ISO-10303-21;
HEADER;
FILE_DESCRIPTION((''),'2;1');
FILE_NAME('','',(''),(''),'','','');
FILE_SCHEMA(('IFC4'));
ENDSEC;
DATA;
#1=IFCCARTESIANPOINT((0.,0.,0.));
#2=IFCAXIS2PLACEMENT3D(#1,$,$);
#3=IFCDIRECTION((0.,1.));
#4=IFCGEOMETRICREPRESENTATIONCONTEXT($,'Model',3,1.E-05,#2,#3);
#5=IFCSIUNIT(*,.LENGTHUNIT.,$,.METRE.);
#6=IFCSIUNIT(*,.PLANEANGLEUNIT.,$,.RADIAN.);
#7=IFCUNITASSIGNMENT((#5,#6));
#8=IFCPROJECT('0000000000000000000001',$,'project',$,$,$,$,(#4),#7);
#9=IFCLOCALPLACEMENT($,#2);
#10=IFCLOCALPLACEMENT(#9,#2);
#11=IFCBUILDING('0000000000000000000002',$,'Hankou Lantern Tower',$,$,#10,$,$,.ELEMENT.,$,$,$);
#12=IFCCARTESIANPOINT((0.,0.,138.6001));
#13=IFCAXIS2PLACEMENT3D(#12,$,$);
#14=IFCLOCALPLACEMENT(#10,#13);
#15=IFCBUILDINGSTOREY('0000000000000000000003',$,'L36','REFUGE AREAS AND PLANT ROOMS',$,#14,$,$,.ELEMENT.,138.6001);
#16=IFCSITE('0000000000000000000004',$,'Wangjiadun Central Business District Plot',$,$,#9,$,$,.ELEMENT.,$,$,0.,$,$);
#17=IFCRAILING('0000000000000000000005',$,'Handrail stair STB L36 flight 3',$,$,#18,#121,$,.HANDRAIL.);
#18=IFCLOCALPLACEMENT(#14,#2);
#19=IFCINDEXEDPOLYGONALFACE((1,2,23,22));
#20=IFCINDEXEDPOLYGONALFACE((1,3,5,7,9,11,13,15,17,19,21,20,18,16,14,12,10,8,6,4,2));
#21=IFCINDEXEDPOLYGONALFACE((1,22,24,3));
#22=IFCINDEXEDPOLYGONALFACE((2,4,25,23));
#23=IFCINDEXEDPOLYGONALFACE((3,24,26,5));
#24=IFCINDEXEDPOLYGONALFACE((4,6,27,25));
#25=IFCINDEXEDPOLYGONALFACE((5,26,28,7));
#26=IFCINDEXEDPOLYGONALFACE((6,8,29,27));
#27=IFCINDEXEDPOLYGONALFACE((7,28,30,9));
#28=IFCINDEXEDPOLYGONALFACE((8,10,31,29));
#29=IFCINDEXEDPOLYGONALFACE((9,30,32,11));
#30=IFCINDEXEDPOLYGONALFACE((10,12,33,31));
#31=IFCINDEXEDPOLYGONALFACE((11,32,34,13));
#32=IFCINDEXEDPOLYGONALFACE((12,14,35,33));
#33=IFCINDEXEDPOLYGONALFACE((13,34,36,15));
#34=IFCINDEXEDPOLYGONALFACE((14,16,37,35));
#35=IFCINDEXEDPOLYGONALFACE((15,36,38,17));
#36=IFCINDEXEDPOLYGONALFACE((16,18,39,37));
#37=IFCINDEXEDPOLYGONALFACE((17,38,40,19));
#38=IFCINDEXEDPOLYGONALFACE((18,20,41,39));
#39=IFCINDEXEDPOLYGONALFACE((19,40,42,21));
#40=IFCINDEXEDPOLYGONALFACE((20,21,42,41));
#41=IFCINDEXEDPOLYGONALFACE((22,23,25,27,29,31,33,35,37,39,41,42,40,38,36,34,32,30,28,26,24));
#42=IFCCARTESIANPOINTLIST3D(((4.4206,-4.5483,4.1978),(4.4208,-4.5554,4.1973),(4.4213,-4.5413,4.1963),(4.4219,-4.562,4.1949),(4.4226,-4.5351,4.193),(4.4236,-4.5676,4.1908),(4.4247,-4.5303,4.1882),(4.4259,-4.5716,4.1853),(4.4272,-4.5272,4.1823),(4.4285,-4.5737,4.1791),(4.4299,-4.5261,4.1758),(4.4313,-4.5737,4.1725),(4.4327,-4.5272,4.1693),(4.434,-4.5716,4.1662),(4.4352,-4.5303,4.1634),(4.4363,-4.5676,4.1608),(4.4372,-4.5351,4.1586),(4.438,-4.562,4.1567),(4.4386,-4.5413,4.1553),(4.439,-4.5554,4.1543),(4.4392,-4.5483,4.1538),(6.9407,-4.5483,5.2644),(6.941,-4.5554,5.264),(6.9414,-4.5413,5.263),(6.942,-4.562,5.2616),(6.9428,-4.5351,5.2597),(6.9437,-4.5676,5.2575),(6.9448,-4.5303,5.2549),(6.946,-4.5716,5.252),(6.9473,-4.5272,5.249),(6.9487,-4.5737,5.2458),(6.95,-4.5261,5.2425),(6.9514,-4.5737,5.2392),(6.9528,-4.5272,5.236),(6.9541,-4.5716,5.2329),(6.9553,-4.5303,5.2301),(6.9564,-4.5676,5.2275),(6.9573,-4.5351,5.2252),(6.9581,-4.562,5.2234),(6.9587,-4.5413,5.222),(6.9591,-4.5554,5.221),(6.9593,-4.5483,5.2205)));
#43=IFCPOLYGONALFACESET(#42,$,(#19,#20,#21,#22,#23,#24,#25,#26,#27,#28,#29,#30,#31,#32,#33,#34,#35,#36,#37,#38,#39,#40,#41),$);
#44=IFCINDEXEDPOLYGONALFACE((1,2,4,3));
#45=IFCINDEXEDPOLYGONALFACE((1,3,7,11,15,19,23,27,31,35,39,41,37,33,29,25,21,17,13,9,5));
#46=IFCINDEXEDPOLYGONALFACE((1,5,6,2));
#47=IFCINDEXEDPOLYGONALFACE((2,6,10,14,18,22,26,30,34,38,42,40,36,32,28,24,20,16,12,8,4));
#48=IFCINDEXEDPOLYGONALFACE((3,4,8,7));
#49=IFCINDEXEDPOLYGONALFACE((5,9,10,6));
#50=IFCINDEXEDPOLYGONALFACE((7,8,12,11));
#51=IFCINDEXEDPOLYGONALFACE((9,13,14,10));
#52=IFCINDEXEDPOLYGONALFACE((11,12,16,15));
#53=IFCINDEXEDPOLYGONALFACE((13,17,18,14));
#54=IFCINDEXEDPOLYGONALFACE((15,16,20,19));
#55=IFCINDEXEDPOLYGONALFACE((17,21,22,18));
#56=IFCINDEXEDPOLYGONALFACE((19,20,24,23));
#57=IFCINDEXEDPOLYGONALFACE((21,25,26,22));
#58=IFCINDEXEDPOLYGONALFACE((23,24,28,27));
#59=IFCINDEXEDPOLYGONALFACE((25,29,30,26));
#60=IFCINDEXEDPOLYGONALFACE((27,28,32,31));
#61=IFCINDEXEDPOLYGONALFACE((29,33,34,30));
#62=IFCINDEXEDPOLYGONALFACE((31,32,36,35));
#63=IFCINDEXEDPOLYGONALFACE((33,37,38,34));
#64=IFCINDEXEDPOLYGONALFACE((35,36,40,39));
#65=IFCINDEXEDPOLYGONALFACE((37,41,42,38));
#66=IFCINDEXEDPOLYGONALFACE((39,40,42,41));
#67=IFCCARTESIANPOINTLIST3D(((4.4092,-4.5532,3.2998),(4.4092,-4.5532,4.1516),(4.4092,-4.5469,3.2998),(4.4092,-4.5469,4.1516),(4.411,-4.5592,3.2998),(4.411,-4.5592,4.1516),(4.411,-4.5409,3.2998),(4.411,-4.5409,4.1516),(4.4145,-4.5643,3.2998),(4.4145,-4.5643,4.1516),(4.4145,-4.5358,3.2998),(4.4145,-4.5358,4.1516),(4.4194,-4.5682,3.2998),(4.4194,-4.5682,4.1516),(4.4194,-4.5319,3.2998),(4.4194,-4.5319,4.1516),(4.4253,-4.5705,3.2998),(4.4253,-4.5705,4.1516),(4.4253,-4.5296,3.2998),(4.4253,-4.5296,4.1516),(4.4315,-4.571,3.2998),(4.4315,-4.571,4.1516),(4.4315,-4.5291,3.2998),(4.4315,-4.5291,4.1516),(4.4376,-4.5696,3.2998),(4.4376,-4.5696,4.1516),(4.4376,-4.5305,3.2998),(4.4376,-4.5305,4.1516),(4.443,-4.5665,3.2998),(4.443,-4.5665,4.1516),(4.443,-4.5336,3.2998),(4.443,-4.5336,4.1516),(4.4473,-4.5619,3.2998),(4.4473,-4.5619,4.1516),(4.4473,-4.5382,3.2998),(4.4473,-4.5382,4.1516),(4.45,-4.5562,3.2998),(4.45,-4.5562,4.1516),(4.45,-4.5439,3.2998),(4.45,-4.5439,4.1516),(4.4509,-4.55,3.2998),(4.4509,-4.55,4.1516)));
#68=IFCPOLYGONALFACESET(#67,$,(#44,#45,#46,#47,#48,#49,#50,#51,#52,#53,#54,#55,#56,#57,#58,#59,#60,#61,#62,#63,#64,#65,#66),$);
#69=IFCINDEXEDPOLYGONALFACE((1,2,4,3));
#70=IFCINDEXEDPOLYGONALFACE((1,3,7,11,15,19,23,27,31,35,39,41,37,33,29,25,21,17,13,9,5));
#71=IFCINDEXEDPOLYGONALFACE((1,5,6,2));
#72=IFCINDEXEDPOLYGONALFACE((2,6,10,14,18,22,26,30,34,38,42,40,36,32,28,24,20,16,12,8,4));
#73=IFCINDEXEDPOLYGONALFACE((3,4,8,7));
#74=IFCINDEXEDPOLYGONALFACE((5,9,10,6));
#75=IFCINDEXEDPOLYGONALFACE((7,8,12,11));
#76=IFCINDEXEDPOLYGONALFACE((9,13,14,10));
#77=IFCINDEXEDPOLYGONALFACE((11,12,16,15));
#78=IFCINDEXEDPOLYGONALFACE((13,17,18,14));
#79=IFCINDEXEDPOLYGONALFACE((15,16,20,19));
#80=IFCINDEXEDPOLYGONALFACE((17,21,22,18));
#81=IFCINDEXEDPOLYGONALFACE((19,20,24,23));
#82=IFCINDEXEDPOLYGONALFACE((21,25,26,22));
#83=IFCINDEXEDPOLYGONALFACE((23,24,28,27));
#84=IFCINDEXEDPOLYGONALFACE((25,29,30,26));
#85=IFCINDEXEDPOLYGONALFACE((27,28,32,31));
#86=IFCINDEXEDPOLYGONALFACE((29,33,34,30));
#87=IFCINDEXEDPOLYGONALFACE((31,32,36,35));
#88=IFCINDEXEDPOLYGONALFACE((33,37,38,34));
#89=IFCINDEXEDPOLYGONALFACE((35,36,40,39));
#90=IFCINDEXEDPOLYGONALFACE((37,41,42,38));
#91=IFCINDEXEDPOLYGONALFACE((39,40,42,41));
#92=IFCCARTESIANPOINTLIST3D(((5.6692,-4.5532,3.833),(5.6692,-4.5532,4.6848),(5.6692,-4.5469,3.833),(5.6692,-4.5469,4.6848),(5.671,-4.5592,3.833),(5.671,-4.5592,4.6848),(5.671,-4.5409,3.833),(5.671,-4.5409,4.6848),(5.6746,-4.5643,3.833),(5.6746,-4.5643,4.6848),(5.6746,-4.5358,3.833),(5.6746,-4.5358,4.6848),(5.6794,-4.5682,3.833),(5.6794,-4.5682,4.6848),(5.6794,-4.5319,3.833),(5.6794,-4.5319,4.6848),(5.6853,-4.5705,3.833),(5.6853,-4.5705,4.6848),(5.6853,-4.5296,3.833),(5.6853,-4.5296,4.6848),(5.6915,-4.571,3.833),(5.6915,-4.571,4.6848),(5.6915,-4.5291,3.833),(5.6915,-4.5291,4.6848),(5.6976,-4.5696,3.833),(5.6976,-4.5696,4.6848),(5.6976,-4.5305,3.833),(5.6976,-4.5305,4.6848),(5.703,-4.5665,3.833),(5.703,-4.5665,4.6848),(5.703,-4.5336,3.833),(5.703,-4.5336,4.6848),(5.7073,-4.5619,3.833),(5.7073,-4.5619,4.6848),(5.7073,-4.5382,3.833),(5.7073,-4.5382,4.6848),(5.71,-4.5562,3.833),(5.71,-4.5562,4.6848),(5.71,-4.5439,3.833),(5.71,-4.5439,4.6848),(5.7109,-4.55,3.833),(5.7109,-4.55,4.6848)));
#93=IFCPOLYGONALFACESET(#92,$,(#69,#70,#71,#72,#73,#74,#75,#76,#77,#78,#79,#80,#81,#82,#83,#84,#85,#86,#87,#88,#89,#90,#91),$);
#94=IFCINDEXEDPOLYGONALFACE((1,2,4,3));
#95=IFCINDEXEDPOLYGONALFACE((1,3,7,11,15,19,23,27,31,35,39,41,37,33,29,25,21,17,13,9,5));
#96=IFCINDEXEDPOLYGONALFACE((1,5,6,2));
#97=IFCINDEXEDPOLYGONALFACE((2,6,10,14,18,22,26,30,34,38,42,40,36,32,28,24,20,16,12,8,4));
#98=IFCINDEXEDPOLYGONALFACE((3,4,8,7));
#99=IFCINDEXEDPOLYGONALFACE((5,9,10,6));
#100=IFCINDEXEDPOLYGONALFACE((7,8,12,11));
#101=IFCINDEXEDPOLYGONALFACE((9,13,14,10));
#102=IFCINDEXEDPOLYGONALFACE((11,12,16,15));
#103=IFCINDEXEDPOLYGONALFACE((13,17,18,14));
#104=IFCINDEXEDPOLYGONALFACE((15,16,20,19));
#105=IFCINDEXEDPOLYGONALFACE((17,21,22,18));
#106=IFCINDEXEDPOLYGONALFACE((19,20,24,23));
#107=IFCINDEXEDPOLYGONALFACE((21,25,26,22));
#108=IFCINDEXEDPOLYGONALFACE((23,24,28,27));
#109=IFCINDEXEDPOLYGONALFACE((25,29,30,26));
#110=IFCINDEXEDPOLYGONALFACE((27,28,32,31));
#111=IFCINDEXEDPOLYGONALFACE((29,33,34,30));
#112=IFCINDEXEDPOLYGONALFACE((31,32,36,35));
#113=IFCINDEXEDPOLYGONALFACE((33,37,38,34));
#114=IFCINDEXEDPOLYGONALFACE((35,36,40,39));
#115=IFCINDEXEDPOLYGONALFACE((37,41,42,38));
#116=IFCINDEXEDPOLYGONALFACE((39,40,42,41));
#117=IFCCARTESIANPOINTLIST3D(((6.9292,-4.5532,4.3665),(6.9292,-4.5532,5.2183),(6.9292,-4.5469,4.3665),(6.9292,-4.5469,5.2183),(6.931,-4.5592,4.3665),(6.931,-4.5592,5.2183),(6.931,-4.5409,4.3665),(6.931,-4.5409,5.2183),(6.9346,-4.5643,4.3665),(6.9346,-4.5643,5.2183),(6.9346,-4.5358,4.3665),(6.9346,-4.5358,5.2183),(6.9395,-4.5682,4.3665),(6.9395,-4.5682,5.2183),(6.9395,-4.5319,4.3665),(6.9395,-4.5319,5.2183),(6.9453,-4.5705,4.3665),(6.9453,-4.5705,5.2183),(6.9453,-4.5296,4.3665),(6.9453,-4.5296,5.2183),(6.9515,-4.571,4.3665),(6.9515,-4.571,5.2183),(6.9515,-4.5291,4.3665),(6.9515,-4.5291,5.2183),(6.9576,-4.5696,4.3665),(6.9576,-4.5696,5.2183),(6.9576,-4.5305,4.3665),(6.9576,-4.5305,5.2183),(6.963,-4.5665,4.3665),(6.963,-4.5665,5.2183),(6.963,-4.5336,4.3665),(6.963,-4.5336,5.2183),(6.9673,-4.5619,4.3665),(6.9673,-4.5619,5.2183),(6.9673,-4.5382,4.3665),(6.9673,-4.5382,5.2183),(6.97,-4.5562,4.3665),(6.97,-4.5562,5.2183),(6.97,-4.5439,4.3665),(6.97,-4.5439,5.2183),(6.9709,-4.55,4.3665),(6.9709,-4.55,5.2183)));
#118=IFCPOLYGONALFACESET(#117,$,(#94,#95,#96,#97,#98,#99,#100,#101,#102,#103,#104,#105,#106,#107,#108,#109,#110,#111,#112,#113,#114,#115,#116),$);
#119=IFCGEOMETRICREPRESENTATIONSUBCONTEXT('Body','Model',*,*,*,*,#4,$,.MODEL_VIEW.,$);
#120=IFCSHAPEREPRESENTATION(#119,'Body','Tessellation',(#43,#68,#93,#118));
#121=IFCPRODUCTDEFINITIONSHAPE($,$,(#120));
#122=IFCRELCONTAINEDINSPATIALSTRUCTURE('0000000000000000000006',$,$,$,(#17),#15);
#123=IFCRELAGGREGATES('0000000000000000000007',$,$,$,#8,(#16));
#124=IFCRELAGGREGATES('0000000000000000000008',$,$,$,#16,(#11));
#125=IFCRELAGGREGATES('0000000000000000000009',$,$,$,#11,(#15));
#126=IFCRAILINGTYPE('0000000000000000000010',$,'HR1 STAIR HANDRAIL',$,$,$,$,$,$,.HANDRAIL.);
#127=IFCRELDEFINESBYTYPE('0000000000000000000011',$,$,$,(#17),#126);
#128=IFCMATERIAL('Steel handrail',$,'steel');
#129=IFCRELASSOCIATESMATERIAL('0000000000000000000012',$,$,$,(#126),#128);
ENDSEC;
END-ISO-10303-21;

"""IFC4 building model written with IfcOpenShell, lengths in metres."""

from ifc_helpers import new_model, si_unit, direction, frame, origin, origin_2d, place, context, subcontext, project, spatial, circle, extrude, material, type_object, element, save


model = new_model("IFC4")

# Units and contexts
model_context = context("Model", 3, precision=1e-05, world=origin(), true_north=direction((0.0, 1.0)))
body_context = subcontext(model_context, "Body", "Model", "MODEL_VIEW")
ifc_project = project(units=[si_unit("LENGTHUNIT", "METRE"), si_unit("PLANEANGLEUNIT", "RADIAN")], contexts=[model_context])

# Site, building, storey
site_placement = place(None, origin())
site = spatial("IfcSite", under=ifc_project, at=site_placement, Name="Wangjiadun Central Business District Plot", CompositionType="ELEMENT", RefElevation=0.0)
building_placement = place(site_placement, origin())
building = spatial("IfcBuilding", under=site, at=building_placement, Name="Hankou Lantern Tower", CompositionType="ELEMENT")
storey_placement = place(building_placement, frame((0.0, 0.0, 138.6001)))
storey = spatial("IfcBuildingStorey", under=building, at=storey_placement, Name="L36", Description="REFUGE AREAS AND PLANT ROOMS", CompositionType="ELEMENT", Elevation=138.6001)

# Railing
ifc_material_1 = material(Name="Steel handrail", Category="steel")
railing_type = type_object("IfcRailingType", Name="HR1 STAIR HANDRAIL", PredefinedType="HANDRAIL", material=ifc_material_1)
railing_1_placement = place(storey_placement, frame((4.4299, -4.55, 3.2998)))
element("IfcRailing", 1, at=railing_1_placement, inside=storey, type_object=railing_type, Name="Handrail stair STB L36 flight 3", PredefinedType="HANDRAIL", context=body_context, shape_type="SweptSolid", body=[
    extrude(circle(Radius=0.0239, at=origin_2d()), frame((0.0, 0.0, 0.876), z_axis=(0.920903, 0.0, 0.389791), x_axis=(0.0, 1.0, 0.0)), (0.0, 0.0, 1.0), 2.7366),
    extrude(circle(Radius=0.021, at=origin_2d()), origin(), (0.0, 0.0, 1.0), 0.8518),
    extrude(circle(Radius=0.021, at=origin_2d()), frame((1.26, 0.0, 0.5332)), (0.0, 0.0, 1.0), 0.8518),
    extrude(circle(Radius=0.021, at=origin_2d()), frame((2.52, 0.0, 1.0667)), (0.0, 0.0, 1.0), 0.8518),
])

save(model, "model.ifc")
